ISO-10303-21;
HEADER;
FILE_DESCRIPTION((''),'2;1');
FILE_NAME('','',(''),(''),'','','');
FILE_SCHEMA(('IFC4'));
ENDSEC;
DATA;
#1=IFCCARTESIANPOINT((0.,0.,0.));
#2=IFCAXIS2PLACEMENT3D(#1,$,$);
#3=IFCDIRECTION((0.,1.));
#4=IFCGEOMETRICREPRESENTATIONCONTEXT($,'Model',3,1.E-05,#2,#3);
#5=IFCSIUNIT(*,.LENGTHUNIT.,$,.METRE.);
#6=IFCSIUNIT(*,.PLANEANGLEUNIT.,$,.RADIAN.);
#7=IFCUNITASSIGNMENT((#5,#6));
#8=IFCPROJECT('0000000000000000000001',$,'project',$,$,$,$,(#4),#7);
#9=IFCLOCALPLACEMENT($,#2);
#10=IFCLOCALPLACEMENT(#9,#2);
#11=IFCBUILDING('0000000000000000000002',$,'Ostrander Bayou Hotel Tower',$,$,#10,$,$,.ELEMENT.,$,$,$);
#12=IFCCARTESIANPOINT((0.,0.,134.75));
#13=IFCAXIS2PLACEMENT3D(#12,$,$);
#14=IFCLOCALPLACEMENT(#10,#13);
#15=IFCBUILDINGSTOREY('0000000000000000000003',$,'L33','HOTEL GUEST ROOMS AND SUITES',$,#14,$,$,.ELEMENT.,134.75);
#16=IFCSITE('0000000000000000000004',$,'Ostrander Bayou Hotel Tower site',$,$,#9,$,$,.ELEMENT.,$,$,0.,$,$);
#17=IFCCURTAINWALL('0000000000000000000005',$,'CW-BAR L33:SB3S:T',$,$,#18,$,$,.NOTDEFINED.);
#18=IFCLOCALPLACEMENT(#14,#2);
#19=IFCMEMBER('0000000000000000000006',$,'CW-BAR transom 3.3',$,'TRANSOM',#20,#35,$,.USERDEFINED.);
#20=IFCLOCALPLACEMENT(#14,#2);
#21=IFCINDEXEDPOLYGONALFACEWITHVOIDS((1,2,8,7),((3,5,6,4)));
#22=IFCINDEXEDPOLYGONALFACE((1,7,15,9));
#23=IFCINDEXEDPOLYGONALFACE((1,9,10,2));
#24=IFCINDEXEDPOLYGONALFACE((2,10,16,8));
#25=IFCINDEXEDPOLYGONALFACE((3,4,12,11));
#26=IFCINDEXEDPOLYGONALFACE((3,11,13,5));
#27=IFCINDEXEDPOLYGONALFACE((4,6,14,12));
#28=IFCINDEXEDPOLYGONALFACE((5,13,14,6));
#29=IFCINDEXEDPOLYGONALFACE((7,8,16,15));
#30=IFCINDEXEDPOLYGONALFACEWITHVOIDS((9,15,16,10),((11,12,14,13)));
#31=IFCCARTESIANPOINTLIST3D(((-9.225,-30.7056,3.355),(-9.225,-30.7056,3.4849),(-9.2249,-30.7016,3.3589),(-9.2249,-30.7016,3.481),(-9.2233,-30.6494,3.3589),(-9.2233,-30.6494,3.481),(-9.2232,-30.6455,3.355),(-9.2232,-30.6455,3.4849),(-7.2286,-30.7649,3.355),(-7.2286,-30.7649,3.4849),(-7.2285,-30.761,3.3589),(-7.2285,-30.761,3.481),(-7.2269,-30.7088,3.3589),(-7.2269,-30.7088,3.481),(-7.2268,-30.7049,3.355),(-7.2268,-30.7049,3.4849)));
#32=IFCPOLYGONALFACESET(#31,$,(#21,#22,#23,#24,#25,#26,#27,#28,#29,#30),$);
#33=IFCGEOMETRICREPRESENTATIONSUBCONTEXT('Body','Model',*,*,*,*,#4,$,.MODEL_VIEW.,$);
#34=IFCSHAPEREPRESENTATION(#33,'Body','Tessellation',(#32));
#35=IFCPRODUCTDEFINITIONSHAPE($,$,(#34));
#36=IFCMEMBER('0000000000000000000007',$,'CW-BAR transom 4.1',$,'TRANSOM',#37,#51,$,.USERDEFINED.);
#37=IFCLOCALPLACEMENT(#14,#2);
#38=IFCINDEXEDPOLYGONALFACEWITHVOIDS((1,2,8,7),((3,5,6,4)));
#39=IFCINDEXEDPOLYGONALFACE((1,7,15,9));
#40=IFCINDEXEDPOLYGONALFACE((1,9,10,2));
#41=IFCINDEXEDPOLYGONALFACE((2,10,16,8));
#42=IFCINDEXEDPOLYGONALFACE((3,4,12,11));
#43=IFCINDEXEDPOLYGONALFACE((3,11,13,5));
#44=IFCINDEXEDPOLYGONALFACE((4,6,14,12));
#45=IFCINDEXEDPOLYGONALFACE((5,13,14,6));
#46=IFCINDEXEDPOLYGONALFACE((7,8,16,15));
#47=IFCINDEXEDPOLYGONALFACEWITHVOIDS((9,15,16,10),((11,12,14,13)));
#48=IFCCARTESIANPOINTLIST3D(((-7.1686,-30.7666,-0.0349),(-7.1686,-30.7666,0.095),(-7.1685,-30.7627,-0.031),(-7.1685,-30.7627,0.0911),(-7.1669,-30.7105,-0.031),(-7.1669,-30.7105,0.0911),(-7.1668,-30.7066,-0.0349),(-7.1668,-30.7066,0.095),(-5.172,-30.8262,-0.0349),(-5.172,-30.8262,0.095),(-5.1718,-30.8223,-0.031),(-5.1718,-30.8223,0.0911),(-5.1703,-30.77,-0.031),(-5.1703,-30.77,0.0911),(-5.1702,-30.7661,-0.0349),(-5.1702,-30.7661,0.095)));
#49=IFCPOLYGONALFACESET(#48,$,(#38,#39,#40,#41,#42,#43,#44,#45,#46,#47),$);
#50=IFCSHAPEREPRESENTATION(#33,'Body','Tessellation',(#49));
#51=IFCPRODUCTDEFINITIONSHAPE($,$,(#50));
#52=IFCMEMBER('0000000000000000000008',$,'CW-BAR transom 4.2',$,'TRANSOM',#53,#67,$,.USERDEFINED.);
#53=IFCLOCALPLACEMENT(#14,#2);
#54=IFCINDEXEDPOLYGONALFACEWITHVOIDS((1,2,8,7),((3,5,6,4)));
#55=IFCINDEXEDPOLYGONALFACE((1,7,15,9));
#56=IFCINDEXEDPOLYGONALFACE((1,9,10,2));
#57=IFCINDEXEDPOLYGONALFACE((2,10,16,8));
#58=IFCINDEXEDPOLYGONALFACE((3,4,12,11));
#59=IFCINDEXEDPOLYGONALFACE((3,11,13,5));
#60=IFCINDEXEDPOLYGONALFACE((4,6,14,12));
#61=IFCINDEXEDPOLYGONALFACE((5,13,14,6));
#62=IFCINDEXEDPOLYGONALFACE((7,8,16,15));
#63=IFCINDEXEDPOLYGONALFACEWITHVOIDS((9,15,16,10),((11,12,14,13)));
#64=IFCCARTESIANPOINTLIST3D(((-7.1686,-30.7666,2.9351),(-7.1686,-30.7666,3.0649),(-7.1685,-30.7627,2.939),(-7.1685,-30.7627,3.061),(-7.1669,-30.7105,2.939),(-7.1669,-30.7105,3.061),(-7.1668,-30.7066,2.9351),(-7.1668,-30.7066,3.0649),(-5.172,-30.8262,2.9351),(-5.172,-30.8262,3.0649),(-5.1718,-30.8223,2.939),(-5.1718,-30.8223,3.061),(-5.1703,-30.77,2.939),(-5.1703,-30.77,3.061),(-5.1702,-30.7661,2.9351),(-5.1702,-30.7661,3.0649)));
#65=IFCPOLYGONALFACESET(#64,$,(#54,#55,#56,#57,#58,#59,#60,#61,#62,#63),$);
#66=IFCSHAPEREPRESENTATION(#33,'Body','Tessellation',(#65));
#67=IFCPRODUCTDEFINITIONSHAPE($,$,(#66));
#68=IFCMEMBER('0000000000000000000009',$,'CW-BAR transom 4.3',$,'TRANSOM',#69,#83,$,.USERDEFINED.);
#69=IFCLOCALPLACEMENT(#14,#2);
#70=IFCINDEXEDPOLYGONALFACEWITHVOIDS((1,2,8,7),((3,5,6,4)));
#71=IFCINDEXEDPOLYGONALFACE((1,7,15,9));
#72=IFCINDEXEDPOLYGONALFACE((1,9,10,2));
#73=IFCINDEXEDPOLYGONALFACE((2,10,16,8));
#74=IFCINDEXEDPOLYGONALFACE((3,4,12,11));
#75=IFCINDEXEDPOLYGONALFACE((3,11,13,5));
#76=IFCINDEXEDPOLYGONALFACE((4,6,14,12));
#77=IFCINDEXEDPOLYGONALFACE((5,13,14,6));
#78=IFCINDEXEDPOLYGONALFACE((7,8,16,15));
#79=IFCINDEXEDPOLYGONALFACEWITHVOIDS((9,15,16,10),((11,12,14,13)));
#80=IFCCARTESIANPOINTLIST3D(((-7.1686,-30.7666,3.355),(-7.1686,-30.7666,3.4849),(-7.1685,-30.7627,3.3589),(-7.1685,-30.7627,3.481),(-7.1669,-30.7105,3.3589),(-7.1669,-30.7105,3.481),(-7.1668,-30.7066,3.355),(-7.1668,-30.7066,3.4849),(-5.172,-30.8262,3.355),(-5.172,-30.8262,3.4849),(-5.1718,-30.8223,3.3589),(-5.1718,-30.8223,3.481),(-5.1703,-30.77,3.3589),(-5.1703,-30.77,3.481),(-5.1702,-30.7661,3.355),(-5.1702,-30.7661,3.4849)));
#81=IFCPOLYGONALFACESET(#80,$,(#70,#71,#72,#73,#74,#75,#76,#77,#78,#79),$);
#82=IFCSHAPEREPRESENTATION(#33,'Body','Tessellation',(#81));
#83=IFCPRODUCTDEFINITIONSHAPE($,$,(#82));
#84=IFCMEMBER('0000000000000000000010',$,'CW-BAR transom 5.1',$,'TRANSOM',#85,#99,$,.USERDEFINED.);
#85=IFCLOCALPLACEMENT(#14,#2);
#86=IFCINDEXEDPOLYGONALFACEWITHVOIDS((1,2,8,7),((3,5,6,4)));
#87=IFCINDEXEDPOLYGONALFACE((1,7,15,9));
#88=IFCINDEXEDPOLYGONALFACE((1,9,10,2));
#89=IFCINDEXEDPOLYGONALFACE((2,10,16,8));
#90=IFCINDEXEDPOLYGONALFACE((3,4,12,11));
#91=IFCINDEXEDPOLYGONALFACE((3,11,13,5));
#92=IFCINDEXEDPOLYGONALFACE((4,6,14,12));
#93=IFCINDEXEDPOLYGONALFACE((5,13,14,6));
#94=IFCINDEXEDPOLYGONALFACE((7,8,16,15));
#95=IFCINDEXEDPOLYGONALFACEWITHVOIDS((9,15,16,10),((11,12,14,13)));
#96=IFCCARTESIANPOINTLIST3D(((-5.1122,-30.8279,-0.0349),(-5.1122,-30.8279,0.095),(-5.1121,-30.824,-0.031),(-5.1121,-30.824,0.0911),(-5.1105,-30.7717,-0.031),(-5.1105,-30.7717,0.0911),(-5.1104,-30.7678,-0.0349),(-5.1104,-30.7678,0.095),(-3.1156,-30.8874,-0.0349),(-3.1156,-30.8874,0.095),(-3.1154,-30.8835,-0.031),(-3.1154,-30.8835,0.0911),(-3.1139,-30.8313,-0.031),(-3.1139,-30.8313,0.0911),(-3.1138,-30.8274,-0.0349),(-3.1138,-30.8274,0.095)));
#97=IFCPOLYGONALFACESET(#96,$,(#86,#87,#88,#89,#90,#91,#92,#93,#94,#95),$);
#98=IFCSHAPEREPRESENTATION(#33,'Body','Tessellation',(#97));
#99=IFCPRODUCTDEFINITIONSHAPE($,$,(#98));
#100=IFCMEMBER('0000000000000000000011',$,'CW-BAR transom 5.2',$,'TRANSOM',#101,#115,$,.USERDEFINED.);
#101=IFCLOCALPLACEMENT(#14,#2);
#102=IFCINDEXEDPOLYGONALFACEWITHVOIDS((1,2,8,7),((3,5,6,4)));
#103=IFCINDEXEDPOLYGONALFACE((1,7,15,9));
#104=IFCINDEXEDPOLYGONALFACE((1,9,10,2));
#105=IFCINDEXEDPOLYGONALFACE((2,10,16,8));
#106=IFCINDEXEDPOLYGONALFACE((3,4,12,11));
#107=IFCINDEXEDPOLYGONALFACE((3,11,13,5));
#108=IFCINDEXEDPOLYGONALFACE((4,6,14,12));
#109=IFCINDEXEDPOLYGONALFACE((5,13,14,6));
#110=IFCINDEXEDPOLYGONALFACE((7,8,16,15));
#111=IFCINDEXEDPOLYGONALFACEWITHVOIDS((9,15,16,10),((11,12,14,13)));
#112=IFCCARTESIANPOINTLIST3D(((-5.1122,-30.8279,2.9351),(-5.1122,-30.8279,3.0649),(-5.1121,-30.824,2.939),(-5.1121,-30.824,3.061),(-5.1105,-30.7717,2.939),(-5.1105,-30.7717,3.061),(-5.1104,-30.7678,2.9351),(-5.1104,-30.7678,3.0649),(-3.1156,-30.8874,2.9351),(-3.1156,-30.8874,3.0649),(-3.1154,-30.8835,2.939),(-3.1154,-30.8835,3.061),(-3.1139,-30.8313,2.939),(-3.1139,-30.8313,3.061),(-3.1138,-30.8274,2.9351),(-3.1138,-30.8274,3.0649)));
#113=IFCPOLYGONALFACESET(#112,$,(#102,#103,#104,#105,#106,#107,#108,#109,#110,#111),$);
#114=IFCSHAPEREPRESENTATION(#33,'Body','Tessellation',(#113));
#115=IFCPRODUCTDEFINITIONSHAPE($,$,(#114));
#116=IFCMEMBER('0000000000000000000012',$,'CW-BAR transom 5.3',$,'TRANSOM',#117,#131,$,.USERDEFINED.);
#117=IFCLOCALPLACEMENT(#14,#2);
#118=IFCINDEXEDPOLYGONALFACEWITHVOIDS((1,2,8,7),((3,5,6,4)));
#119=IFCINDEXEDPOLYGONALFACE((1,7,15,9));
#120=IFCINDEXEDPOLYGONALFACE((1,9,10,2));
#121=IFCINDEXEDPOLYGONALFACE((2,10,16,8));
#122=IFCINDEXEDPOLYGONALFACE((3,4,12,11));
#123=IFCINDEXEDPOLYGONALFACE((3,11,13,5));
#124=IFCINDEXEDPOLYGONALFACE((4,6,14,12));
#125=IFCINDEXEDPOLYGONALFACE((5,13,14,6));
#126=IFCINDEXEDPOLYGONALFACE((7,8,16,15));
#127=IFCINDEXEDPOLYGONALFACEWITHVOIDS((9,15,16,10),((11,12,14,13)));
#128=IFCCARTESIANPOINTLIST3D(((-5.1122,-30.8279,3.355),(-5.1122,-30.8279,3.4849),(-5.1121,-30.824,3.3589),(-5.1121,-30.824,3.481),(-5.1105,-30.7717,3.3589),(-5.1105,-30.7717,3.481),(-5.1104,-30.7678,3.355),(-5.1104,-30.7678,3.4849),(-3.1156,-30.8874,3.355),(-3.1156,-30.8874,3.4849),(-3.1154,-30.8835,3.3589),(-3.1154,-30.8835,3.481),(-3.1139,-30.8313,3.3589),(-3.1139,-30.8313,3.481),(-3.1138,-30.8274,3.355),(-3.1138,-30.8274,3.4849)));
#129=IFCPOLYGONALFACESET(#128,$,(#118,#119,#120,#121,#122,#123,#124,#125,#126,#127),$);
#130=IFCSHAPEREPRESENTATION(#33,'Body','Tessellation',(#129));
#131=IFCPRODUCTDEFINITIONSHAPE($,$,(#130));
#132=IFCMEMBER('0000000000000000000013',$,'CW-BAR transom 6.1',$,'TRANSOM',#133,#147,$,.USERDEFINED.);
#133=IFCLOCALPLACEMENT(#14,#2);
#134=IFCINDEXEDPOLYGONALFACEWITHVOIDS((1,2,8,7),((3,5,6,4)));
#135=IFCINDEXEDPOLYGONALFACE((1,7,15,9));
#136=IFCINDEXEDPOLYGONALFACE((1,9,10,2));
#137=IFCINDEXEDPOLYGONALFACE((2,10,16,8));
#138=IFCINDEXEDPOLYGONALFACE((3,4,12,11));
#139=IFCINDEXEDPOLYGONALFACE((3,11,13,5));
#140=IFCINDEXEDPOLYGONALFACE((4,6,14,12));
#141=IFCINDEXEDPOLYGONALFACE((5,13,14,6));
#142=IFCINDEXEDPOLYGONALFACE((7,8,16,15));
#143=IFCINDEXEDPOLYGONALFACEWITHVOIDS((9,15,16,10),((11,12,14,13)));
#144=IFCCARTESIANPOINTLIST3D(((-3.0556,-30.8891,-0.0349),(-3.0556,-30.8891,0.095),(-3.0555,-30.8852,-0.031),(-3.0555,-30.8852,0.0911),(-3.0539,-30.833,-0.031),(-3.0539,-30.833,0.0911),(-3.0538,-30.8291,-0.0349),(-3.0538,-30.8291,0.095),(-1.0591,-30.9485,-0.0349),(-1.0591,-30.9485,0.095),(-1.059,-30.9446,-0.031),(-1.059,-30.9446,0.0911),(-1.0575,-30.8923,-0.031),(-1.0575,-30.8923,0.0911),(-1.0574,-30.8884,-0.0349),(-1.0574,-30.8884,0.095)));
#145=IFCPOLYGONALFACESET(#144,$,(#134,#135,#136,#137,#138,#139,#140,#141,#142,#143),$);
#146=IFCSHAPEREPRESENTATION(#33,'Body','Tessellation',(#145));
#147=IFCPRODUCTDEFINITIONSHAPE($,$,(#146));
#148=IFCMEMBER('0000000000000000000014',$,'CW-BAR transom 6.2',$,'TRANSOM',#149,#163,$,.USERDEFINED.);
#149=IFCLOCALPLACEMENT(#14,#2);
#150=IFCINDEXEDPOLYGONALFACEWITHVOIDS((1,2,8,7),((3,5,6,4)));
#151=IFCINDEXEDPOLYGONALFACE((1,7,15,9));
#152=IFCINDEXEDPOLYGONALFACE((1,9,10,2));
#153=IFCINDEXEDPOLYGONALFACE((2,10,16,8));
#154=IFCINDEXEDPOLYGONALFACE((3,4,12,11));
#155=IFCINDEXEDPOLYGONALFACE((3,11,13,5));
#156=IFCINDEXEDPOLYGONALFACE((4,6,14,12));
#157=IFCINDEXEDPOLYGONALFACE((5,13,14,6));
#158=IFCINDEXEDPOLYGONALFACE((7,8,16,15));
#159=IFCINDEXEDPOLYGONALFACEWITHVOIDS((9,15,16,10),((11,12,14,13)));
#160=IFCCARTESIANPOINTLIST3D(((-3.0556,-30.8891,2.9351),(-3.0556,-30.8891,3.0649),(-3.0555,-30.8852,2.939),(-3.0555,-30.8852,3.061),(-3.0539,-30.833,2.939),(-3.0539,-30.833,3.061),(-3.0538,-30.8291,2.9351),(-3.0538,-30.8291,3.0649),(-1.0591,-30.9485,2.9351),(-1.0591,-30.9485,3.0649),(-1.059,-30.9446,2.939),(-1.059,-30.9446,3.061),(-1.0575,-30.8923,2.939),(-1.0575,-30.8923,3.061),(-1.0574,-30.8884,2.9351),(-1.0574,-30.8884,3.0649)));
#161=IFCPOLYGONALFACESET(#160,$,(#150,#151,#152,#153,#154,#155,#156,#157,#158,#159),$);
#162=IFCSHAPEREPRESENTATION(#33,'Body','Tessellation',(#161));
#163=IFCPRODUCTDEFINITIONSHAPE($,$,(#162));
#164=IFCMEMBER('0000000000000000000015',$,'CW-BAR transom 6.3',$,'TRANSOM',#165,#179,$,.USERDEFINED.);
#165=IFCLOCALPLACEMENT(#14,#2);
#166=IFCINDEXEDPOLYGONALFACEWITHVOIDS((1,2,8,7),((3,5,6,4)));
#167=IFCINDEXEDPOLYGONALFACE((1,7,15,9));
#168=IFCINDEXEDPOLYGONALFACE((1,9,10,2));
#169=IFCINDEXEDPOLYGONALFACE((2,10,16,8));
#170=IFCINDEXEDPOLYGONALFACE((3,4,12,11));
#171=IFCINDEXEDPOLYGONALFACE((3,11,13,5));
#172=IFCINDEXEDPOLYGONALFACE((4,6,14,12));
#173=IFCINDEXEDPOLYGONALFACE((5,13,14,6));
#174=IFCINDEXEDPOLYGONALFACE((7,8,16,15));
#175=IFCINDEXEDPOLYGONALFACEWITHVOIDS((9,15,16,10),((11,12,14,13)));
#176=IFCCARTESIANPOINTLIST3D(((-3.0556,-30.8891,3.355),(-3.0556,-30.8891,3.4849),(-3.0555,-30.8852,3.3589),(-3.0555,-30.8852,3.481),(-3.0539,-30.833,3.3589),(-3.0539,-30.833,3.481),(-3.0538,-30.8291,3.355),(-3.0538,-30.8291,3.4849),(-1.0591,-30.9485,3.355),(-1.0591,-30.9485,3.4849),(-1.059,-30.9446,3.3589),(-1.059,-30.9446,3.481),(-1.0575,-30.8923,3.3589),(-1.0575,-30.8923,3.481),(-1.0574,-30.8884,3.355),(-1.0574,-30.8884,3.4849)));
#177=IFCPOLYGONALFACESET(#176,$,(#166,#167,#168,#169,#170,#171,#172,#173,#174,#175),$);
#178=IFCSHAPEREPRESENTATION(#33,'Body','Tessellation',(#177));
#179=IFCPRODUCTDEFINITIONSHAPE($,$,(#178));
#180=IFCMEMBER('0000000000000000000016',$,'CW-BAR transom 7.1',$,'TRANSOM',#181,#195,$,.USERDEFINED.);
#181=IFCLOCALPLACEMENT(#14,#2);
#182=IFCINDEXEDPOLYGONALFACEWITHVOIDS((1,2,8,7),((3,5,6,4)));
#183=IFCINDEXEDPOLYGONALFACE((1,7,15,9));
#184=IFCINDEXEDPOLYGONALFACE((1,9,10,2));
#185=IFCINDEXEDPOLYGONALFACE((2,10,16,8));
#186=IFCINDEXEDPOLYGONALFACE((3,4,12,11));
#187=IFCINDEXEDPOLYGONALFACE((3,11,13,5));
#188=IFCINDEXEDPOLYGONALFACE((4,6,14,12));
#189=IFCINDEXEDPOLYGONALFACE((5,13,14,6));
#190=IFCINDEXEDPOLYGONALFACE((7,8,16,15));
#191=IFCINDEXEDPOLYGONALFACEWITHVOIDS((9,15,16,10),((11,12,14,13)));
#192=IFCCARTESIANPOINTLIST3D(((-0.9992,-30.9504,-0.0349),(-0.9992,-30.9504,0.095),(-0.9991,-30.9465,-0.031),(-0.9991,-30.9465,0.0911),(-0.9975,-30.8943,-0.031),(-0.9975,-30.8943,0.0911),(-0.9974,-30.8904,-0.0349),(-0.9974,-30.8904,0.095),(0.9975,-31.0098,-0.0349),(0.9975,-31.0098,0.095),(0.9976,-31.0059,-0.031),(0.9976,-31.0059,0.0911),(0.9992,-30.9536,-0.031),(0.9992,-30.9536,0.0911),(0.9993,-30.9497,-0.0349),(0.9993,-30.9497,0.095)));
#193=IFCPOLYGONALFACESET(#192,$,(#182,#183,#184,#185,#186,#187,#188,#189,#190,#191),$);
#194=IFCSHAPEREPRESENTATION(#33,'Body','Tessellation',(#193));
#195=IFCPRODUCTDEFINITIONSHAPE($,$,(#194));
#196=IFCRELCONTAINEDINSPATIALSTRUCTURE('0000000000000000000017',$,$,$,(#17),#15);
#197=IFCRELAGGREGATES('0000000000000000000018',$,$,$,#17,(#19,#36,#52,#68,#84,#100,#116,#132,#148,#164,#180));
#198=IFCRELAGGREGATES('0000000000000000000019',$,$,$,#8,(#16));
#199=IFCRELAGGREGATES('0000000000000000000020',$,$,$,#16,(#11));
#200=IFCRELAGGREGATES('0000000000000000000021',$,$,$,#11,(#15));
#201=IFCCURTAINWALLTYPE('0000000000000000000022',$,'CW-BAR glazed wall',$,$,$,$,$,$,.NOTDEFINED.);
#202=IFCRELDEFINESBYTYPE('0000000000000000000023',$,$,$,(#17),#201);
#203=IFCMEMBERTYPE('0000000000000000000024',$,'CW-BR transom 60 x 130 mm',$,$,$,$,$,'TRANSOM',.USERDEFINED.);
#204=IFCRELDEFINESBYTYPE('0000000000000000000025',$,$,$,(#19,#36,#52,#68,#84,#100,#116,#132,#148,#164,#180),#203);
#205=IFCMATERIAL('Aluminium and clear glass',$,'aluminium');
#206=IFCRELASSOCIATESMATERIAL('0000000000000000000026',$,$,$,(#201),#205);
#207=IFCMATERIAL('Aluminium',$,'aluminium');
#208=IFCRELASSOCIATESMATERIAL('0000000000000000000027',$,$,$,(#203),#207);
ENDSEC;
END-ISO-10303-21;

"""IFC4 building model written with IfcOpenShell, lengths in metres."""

from ifc_helpers import new_model, si_unit, direction, frame, origin, origin_2d, place, context, subcontext, project, spatial, hollow_rectangle, extrude, material, material_profile, profile_set, type_object, element, aggregate, save


model = new_model("IFC4")

# Units and contexts
model_context = context("Model", 3, precision=1e-05, world=origin(), true_north=direction((0.0, 1.0)))
body_context = subcontext(model_context, "Body", "Model", "MODEL_VIEW")
ifc_project = project(units=[si_unit("LENGTHUNIT", "METRE"), si_unit("PLANEANGLEUNIT", "RADIAN")], contexts=[model_context])

# Site, building, storey
site_placement = place(None, origin())
site = spatial("IfcSite", under=ifc_project, at=site_placement, Name="Ostrander Bayou Hotel Tower site", CompositionType="ELEMENT", RefElevation=0.0)
building_placement = place(site_placement, origin())
building = spatial("IfcBuilding", under=site, at=building_placement, Name="Ostrander Bayou Hotel Tower", CompositionType="ELEMENT")
storey_placement = place(building_placement, frame((0.0, 0.0, 134.75)))
storey = spatial("IfcBuildingStorey", under=building, at=storey_placement, Name="L33", Description="HOTEL GUEST ROOMS AND SUITES", CompositionType="ELEMENT", Elevation=134.75)

# Curtain wall, members
ifc_material_1 = material(Name="Aluminium and clear glass", Category="aluminium")
curtain_wall_type = type_object("IfcCurtainWallType", Name="CW-BAR glazed wall", PredefinedType="NOTDEFINED", material=ifc_material_1)
curtain_wall_placement = place(storey_placement, origin())
curtain_wall = element("IfcCurtainWall", 1, at=curtain_wall_placement, inside=storey, type_object=curtain_wall_type, Name="CW-BAR L33:SB3S:T", PredefinedType="NOTDEFINED")
ifc_material_2 = material(Name="Aluminium", Category="aluminium")
ifc_material_profile_1 = material_profile(ifc_material_2, hollow_rectangle(XDim=0.0601, YDim=0.1299, WallThickness=0.0039, at=origin_2d()))
ifc_profile_set_1 = profile_set([ifc_material_profile_1], Name="Aluminium")
member_type_1 = type_object("IfcMemberType", Name="CW-BR transom 60 x 130 mm", ElementType="TRANSOM", PredefinedType="USERDEFINED", material=ifc_profile_set_1)
member_1_placement = place(storey_placement, frame((-9.2241, -30.6755, 3.4199), z_axis=(0.999559, -0.029704, 0.0), x_axis=(0.029704, 0.999559, 0.0)))
member_1 = element("IfcMember", 2, at=member_1_placement, type_object=member_type_1, Name="CW-BAR transom 3.3", ObjectType="TRANSOM", PredefinedType="USERDEFINED", context=body_context, shape_type="SweptSolid", body=[
    extrude(hollow_rectangle(XDim=0.0601, YDim=0.1299, WallThickness=0.0039, at=origin_2d()), origin(), (0.0, 0.0, 1.0), 1.9973),
])
member_2_placement = place(storey_placement, frame((-7.1677, -30.7366, 0.03), z_axis=(0.999555, -0.029823, 0.0), x_axis=(0.029823, 0.999555, 0.0)))
member_2 = element("IfcMember", 3, at=member_2_placement, type_object=member_type_1, Name="CW-BAR transom 4.1", ObjectType="TRANSOM", PredefinedType="USERDEFINED", context=body_context, shape_type="SweptSolid", body=[
    extrude(hollow_rectangle(XDim=0.0601, YDim=0.1299, WallThickness=0.0039, at=origin_2d()), origin(), (0.0, 0.0, 1.0), 1.9976),
])
member_3_placement = place(storey_placement, frame((-7.1677, -30.7366, 3.0), z_axis=(0.999555, -0.029823, 0.0), x_axis=(0.029823, 0.999555, 0.0)))
member_3 = element("IfcMember", 4, at=member_3_placement, type_object=member_type_1, Name="CW-BAR transom 4.2", ObjectType="TRANSOM", PredefinedType="USERDEFINED", context=body_context, shape_type="SweptSolid", body=[
    extrude(hollow_rectangle(XDim=0.0601, YDim=0.1299, WallThickness=0.0039, at=origin_2d()), origin(), (0.0, 0.0, 1.0), 1.9976),
])
member_4_placement = place(storey_placement, frame((-7.1677, -30.7366, 3.4199), z_axis=(0.999555, -0.029823, 0.0), x_axis=(0.029823, 0.999555, 0.0)))
member_4 = element("IfcMember", 5, at=member_4_placement, type_object=member_type_1, Name="CW-BAR transom 4.3", ObjectType="TRANSOM", PredefinedType="USERDEFINED", context=body_context, shape_type="SweptSolid", body=[
    extrude(hollow_rectangle(XDim=0.0601, YDim=0.1299, WallThickness=0.0039, at=origin_2d()), origin(), (0.0, 0.0, 1.0), 1.9976),
])
member_5_placement = place(storey_placement, frame((-5.1113, -30.7979, 0.03), z_axis=(0.999555, -0.029823, 0.0), x_axis=(0.029823, 0.999555, 0.0)))
member_5 = element("IfcMember", 6, at=member_5_placement, type_object=member_type_1, Name="CW-BAR transom 5.1", ObjectType="TRANSOM", PredefinedType="USERDEFINED", context=body_context, shape_type="SweptSolid", body=[
    extrude(hollow_rectangle(XDim=0.0601, YDim=0.1299, WallThickness=0.0039, at=origin_2d()), origin(), (0.0, 0.0, 1.0), 1.9976),
])
member_6_placement = place(storey_placement, frame((-5.1113, -30.7979, 3.0), z_axis=(0.999555, -0.029823, 0.0), x_axis=(0.029823, 0.999555, 0.0)))
member_6 = element("IfcMember", 7, at=member_6_placement, type_object=member_type_1, Name="CW-BAR transom 5.2", ObjectType="TRANSOM", PredefinedType="USERDEFINED", context=body_context, shape_type="SweptSolid", body=[
    extrude(hollow_rectangle(XDim=0.0601, YDim=0.1299, WallThickness=0.0039, at=origin_2d()), origin(), (0.0, 0.0, 1.0), 1.9976),
])
member_7_placement = place(storey_placement, frame((-5.1113, -30.7979, 3.4199), z_axis=(0.999555, -0.029823, 0.0), x_axis=(0.029823, 0.999555, 0.0)))
member_7 = element("IfcMember", 8, at=member_7_placement, type_object=member_type_1, Name="CW-BAR transom 5.3", ObjectType="TRANSOM", PredefinedType="USERDEFINED", context=body_context, shape_type="SweptSolid", body=[
    extrude(hollow_rectangle(XDim=0.0601, YDim=0.1299, WallThickness=0.0039, at=origin_2d()), origin(), (0.0, 0.0, 1.0), 1.9976),
])
member_8_placement = place(storey_placement, frame((-3.0547, -30.8591, 0.03), z_axis=(0.999559, -0.029704, 0.0), x_axis=(0.029704, 0.999559, 0.0)))
member_8 = element("IfcMember", 9, at=member_8_placement, type_object=member_type_1, Name="CW-BAR transom 6.1", ObjectType="TRANSOM", PredefinedType="USERDEFINED", context=body_context, shape_type="SweptSolid", body=[
    extrude(hollow_rectangle(XDim=0.0601, YDim=0.1299, WallThickness=0.0039, at=origin_2d()), origin(), (0.0, 0.0, 1.0), 1.9973),
])
member_9_placement = place(storey_placement, frame((-3.0547, -30.8591, 3.0), z_axis=(0.999559, -0.029704, 0.0), x_axis=(0.029704, 0.999559, 0.0)))
member_9 = element("IfcMember", 10, at=member_9_placement, type_object=member_type_1, Name="CW-BAR transom 6.2", ObjectType="TRANSOM", PredefinedType="USERDEFINED", context=body_context, shape_type="SweptSolid", body=[
    extrude(hollow_rectangle(XDim=0.0601, YDim=0.1299, WallThickness=0.0039, at=origin_2d()), origin(), (0.0, 0.0, 1.0), 1.9973),
])
member_10_placement = place(storey_placement, frame((-3.0547, -30.8591, 3.4199), z_axis=(0.999559, -0.029704, 0.0), x_axis=(0.029704, 0.999559, 0.0)))
member_10 = element("IfcMember", 11, at=member_10_placement, type_object=member_type_1, Name="CW-BAR transom 6.3", ObjectType="TRANSOM", PredefinedType="USERDEFINED", context=body_context, shape_type="SweptSolid", body=[
    extrude(hollow_rectangle(XDim=0.0601, YDim=0.1299, WallThickness=0.0039, at=origin_2d()), origin(), (0.0, 0.0, 1.0), 1.9973),
])
member_11_placement = place(storey_placement, frame((-0.9983, -30.9204, 0.03), z_axis=(0.999559, -0.029701, 0.0), x_axis=(0.029701, 0.999559, 0.0)))
member_11 = element("IfcMember", 12, at=member_11_placement, type_object=member_type_1, Name="CW-BAR transom 7.1", ObjectType="TRANSOM", PredefinedType="USERDEFINED", context=body_context, shape_type="SweptSolid", body=[
    extrude(hollow_rectangle(XDim=0.0601, YDim=0.1299, WallThickness=0.0039, at=origin_2d()), origin(), (0.0, 0.0, 1.0), 1.9976),
])
aggregate(curtain_wall, [member_1, member_2, member_3, member_4, member_5, member_6, member_7, member_8, member_9, member_10, member_11])

save(model, "model.ifc")
